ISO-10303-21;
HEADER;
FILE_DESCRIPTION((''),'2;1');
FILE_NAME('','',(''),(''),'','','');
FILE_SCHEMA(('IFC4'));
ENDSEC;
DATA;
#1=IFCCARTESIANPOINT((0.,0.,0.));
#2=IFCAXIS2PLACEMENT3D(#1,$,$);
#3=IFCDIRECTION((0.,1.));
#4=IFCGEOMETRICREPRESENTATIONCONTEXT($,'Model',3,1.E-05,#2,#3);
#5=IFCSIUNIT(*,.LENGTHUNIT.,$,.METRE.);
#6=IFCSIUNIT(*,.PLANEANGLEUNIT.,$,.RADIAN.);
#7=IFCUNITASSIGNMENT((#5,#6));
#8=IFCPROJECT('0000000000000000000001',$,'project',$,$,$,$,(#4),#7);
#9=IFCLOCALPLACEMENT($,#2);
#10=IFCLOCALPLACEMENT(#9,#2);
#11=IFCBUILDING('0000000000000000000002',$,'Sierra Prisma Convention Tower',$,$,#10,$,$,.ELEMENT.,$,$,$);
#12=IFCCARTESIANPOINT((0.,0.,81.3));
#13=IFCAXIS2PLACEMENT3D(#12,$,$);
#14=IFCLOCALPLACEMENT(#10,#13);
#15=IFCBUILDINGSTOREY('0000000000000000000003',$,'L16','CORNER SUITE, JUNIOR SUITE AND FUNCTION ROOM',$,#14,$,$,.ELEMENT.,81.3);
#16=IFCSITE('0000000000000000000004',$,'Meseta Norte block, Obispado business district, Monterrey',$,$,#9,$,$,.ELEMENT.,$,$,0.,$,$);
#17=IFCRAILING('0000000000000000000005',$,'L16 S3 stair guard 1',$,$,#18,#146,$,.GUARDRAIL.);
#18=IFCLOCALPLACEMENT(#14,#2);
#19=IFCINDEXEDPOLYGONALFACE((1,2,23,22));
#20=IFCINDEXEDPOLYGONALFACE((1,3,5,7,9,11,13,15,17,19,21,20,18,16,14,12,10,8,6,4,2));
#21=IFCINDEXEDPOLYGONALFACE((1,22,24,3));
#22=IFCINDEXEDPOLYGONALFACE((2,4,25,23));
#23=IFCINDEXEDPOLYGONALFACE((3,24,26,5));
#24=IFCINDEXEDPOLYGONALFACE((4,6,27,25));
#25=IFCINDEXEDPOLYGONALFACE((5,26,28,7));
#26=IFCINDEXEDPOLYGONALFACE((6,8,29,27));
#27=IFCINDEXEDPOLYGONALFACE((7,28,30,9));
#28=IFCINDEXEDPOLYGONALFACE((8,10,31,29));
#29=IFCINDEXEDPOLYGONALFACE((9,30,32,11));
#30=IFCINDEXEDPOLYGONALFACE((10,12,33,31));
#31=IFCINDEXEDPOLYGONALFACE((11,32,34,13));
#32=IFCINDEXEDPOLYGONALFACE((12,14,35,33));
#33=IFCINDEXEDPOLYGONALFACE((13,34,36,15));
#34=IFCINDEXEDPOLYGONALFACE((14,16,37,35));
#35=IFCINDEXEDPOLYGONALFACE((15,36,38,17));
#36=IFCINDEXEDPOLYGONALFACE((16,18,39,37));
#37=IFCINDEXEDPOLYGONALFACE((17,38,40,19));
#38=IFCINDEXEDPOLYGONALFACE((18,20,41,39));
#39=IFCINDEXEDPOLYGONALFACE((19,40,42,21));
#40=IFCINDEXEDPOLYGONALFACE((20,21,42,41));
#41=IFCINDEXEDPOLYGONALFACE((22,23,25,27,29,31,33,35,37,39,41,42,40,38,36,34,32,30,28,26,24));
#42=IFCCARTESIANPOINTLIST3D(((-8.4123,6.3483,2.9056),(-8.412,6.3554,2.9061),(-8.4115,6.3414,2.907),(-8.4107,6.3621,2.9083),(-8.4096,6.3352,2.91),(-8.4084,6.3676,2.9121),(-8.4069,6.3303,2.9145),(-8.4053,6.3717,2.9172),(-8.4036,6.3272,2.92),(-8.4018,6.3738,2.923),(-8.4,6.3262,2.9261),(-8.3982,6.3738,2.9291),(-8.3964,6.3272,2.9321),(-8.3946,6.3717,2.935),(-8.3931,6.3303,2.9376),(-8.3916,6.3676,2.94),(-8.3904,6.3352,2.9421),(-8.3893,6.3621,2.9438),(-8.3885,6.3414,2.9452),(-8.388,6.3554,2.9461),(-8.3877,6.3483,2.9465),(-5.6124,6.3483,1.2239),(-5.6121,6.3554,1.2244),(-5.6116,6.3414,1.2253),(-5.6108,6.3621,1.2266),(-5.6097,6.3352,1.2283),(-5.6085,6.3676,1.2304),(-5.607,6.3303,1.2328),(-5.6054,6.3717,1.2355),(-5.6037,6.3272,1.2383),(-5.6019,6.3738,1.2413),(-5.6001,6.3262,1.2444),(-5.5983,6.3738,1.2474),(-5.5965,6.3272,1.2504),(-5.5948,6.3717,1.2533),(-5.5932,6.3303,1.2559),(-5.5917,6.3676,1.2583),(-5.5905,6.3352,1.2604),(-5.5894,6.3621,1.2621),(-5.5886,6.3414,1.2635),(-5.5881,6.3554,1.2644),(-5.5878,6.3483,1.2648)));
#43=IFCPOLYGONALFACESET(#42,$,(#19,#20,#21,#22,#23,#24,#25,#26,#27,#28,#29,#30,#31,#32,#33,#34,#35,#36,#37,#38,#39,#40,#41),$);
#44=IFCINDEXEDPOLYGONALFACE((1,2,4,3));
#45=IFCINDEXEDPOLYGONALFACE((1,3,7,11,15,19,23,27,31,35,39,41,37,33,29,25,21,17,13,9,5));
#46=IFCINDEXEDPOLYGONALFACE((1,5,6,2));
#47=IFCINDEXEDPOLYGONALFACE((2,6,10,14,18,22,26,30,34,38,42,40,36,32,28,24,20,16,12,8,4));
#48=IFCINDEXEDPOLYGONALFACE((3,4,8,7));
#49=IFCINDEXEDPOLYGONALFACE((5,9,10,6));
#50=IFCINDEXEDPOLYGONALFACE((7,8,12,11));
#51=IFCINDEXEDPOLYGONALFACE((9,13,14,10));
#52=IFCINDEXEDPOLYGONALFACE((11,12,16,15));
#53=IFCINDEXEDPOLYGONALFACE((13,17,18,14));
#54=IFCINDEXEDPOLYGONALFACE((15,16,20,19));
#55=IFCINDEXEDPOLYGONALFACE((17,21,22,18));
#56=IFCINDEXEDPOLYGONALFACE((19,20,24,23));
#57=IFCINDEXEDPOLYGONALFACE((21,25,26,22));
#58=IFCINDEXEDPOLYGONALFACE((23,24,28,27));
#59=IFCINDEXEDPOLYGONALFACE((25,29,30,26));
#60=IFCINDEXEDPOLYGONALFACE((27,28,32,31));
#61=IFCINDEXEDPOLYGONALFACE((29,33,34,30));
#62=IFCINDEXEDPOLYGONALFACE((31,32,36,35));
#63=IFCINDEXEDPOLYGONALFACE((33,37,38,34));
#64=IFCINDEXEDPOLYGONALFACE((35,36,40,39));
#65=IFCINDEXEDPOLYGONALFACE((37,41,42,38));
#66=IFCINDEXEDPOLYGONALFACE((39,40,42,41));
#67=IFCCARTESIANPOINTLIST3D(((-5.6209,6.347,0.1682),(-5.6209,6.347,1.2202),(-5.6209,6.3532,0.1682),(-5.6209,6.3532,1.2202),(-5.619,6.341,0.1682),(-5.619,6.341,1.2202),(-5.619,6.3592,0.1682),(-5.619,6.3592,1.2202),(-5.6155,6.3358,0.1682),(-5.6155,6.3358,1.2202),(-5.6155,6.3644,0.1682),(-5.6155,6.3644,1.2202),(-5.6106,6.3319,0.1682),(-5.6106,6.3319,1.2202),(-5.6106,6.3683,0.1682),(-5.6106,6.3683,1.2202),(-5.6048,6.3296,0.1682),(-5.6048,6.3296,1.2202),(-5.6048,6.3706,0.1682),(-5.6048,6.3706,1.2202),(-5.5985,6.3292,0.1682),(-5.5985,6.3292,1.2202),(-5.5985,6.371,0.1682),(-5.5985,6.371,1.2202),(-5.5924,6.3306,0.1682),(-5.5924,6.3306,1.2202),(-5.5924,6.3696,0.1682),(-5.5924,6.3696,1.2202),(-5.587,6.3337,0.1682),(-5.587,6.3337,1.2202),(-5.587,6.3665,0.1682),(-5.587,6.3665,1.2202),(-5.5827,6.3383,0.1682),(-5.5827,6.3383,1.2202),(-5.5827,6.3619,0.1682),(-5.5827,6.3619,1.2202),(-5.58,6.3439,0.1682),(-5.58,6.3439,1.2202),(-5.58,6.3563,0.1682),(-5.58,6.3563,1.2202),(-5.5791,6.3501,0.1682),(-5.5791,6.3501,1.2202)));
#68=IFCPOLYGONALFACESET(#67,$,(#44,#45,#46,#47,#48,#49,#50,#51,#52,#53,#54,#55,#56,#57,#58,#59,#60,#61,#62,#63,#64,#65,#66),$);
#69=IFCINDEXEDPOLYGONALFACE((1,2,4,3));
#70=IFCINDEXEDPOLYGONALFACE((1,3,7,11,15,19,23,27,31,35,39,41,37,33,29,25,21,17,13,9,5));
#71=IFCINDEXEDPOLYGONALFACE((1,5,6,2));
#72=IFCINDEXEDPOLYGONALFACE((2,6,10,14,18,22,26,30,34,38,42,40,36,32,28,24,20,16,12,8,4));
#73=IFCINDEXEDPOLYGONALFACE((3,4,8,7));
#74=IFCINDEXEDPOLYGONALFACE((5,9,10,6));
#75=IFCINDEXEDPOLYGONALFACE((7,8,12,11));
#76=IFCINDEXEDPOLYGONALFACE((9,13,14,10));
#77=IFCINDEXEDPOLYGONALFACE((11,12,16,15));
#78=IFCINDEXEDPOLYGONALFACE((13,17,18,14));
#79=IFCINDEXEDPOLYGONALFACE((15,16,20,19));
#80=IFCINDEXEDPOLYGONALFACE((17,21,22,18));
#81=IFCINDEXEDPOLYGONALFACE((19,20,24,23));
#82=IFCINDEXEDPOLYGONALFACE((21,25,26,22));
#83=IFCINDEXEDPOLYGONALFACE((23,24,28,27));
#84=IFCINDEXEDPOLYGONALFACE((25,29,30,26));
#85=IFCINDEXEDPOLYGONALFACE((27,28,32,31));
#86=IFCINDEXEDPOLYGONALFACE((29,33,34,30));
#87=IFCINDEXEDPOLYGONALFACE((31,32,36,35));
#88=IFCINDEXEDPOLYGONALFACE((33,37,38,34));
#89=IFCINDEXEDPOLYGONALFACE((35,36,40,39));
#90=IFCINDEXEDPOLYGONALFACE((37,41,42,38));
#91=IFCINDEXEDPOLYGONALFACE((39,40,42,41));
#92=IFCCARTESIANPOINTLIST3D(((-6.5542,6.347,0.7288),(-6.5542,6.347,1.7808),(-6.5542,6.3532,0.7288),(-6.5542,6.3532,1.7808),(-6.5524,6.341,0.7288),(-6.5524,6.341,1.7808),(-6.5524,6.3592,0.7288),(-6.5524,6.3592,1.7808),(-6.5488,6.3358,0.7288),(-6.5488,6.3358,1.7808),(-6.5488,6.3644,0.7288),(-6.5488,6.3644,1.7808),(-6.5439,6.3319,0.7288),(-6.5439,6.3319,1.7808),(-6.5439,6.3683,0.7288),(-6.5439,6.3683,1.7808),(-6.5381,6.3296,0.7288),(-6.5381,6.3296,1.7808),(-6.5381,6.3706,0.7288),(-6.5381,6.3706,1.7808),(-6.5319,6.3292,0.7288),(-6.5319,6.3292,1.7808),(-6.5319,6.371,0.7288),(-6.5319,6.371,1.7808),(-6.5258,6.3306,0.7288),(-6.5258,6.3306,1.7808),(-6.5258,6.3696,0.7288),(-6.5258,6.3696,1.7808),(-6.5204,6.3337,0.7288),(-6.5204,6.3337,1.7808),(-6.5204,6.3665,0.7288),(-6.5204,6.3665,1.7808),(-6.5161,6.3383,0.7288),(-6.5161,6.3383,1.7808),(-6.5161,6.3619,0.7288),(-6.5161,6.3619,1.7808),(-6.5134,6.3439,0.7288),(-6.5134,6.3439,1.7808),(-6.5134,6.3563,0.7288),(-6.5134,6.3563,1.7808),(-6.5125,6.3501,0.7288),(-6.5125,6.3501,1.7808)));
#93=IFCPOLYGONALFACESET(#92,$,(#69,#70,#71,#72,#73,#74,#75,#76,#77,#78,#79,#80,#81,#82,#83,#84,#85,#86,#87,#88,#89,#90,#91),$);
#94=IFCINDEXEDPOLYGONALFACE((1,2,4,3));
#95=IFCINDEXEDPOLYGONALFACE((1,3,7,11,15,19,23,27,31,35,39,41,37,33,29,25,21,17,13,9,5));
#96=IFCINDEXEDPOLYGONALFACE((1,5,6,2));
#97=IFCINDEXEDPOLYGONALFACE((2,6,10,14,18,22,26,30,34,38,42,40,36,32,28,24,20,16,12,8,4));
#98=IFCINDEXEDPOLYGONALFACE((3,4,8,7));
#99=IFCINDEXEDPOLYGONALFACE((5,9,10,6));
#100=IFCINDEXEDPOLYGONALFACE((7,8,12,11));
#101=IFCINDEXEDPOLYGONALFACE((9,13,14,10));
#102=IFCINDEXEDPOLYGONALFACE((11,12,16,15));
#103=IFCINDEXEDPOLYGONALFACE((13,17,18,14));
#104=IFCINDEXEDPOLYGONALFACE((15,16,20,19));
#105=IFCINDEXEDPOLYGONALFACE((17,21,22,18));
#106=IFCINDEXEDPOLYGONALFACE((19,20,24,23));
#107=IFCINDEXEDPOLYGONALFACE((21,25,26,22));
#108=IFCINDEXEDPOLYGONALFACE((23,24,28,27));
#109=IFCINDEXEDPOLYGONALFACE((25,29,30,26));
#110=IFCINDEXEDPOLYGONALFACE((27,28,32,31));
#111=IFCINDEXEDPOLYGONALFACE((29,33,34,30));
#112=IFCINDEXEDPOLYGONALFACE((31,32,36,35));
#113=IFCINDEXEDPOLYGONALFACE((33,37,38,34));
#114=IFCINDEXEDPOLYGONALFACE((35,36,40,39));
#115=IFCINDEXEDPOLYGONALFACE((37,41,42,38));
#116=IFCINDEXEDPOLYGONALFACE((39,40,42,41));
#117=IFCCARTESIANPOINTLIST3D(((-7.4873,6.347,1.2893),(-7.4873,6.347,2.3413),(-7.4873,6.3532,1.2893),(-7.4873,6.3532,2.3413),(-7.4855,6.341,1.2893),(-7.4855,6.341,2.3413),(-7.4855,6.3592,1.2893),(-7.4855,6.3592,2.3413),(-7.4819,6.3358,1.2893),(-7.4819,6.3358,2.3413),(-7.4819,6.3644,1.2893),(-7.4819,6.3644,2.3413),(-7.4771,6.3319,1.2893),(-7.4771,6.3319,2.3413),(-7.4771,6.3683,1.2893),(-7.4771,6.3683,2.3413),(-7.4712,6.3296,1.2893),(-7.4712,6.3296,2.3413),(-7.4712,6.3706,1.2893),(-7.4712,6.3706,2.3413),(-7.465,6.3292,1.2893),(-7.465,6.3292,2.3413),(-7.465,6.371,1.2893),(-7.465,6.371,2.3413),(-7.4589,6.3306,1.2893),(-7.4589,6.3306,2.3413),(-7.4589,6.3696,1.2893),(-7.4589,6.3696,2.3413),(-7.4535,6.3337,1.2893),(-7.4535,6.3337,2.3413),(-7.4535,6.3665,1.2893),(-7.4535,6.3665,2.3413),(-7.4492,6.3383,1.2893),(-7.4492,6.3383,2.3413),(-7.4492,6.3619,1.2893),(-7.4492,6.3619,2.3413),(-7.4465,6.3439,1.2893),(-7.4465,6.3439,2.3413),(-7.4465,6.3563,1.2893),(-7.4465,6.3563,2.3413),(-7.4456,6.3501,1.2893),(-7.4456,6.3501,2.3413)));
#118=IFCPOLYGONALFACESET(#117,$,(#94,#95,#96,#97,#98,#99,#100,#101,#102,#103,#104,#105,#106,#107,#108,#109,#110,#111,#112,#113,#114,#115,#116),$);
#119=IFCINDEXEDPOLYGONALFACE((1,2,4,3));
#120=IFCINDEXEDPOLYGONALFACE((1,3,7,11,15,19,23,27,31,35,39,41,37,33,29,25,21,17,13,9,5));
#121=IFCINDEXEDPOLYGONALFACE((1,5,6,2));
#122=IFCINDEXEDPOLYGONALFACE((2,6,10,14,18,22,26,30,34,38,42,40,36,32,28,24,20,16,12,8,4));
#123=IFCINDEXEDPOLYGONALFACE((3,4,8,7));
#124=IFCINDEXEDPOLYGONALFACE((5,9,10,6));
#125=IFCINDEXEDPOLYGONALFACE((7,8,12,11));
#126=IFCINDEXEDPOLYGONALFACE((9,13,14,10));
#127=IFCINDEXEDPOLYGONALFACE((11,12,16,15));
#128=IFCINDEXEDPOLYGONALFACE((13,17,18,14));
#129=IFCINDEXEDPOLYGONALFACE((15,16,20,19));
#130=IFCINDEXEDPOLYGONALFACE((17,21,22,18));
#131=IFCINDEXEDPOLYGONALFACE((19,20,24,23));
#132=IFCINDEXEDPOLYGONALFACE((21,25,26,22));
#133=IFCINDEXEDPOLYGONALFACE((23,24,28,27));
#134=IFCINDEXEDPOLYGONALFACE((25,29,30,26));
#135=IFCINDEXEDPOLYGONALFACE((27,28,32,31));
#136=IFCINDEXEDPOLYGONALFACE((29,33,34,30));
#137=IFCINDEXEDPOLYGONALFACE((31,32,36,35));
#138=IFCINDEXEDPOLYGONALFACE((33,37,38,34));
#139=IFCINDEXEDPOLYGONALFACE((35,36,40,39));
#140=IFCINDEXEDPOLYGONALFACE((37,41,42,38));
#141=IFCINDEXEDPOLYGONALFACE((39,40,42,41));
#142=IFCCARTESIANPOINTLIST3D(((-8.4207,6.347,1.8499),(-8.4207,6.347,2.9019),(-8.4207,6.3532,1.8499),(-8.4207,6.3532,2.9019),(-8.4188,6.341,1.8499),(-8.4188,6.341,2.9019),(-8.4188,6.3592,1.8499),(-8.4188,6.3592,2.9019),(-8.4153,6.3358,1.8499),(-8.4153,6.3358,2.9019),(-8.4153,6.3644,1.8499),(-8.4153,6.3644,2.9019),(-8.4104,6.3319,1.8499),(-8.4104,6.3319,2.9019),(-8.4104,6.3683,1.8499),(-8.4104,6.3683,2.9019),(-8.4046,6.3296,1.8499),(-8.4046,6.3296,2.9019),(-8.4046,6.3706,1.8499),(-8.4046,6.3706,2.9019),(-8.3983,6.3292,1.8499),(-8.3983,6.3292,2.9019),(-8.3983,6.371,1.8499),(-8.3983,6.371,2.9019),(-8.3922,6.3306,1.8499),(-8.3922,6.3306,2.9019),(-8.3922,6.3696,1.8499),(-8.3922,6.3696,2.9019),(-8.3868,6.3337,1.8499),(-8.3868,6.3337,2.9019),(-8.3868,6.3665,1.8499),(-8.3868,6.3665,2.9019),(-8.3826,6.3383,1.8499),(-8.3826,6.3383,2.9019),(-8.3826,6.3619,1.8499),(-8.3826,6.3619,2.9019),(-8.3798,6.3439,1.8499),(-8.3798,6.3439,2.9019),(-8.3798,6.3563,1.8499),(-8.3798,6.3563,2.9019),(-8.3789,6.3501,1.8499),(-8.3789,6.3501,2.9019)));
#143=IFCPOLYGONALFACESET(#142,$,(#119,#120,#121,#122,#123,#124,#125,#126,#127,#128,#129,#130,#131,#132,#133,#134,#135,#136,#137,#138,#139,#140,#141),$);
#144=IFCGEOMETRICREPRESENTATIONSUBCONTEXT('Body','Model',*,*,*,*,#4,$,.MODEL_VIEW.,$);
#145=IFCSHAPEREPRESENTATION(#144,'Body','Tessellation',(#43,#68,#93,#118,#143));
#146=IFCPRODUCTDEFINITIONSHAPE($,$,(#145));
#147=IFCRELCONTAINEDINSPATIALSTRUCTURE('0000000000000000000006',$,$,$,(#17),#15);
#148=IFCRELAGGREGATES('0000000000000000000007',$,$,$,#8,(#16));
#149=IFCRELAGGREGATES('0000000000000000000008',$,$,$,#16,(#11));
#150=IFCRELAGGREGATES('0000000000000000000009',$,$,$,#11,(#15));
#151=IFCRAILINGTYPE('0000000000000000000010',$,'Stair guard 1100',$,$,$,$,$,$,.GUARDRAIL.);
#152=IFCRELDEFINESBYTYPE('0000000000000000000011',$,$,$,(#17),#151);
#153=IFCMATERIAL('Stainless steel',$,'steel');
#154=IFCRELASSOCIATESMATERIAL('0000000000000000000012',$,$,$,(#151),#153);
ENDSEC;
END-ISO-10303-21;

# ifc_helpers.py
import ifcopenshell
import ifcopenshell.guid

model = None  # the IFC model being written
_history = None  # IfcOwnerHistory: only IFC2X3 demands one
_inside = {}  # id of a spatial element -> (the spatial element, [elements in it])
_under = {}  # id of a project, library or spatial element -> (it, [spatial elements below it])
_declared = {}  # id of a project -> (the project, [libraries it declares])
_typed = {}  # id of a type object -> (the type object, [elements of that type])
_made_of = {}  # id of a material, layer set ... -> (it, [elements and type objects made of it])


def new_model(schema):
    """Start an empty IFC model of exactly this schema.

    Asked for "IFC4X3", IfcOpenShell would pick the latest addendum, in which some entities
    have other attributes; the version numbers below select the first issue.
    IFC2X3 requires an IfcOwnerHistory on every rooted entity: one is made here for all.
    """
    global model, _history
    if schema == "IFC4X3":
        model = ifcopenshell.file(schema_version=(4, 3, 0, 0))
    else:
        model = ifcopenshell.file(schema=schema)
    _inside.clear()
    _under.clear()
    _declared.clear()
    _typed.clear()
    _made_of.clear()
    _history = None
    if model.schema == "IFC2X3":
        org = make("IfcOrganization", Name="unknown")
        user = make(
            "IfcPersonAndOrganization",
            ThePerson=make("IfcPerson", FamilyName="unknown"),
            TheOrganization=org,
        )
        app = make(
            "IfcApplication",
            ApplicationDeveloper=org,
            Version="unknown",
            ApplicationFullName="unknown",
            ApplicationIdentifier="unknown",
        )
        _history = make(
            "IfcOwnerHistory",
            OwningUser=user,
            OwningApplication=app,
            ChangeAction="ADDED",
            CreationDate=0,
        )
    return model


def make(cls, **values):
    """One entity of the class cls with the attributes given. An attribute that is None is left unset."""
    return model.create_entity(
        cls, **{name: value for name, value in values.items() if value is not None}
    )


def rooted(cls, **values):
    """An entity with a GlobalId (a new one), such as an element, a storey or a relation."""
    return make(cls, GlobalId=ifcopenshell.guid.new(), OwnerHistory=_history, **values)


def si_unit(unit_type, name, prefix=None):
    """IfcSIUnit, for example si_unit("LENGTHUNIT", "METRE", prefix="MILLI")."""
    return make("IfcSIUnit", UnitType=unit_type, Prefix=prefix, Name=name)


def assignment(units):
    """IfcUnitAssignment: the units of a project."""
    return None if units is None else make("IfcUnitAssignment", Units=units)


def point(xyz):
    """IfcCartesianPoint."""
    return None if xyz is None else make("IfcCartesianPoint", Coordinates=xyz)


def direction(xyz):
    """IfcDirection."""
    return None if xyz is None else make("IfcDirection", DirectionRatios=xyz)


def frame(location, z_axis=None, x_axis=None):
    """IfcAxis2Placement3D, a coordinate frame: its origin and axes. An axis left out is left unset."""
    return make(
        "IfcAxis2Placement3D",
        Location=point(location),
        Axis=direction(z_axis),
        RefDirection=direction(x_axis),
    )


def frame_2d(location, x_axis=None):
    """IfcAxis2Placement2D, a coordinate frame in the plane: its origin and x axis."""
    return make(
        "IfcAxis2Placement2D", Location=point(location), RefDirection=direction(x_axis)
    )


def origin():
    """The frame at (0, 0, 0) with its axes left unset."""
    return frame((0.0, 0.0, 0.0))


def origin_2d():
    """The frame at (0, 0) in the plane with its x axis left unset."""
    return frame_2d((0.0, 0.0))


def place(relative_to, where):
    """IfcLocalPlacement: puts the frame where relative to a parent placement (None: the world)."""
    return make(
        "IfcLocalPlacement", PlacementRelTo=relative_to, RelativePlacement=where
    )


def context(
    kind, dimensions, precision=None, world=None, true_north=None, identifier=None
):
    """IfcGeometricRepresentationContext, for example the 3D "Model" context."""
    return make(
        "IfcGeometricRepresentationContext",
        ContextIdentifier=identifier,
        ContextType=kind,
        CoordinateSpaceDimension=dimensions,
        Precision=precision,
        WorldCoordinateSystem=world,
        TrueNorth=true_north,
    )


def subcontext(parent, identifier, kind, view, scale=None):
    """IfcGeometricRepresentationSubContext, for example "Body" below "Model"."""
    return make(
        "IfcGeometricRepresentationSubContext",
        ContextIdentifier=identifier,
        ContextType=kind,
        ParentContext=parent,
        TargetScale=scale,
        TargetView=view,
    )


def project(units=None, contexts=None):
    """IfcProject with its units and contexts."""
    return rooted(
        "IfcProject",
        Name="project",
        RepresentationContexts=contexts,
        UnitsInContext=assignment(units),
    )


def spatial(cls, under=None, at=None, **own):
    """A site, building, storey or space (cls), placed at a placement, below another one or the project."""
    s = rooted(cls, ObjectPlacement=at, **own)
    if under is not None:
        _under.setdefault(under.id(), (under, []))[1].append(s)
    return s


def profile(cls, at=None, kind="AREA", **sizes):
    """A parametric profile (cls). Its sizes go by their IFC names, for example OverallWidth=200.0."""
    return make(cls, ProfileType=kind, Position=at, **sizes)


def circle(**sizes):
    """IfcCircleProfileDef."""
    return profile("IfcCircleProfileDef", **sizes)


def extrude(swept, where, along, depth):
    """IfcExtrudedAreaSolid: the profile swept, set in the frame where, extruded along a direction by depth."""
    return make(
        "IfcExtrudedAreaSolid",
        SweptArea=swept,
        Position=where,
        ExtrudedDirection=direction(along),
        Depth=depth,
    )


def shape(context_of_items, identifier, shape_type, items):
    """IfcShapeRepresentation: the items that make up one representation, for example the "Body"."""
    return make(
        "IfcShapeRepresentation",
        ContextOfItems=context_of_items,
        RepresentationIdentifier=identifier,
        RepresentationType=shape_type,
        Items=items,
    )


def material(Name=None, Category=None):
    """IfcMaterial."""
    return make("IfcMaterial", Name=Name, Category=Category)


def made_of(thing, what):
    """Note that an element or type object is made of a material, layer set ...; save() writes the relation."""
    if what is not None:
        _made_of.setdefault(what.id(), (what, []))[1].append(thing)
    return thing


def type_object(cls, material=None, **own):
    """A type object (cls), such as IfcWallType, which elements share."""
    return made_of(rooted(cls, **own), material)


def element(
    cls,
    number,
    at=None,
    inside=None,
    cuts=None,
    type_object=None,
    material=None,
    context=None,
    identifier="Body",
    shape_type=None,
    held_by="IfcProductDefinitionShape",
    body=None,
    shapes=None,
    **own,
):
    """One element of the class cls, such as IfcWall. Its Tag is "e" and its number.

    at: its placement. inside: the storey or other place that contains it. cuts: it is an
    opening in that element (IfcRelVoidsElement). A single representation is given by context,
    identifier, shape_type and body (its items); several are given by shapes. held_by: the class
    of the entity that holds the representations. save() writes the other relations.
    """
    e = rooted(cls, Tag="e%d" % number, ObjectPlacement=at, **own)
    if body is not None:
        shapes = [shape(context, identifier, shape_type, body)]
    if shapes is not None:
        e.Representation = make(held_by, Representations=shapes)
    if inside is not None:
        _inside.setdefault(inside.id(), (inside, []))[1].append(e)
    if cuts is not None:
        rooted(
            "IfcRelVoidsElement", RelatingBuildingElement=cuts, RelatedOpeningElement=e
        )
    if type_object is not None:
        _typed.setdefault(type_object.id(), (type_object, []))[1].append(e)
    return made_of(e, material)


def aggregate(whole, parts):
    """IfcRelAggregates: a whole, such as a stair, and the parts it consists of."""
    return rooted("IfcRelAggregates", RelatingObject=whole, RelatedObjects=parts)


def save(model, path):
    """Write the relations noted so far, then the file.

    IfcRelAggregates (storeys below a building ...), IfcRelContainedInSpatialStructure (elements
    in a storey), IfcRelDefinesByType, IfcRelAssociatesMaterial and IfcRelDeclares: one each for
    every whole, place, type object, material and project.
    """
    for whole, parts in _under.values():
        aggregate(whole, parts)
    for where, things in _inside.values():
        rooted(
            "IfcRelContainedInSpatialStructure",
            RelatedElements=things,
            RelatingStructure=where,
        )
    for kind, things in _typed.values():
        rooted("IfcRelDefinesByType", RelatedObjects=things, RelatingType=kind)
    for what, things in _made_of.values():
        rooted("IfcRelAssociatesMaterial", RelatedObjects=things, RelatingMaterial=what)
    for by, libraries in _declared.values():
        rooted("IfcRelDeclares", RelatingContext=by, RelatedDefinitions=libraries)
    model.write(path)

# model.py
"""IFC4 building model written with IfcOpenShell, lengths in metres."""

from ifc_helpers import new_model, si_unit, direction, frame, origin, origin_2d, place, context, subcontext, project, spatial, circle, extrude, material, type_object, element, save


model = new_model("IFC4")

# Units and contexts
model_context = context("Model", 3, precision=1e-05, world=origin(), true_north=direction((0.0, 1.0)))
body_context = subcontext(model_context, "Body", "Model", "MODEL_VIEW")
ifc_project = project(units=[si_unit("LENGTHUNIT", "METRE"), si_unit("PLANEANGLEUNIT", "RADIAN")], contexts=[model_context])

# Site, building, storey
site_placement = place(None, origin())
site = spatial("IfcSite", under=ifc_project, at=site_placement, Name="Meseta Norte block, Obispado business district, Monterrey", CompositionType="ELEMENT", RefElevation=0.0)
building_placement = place(site_placement, origin())
building = spatial("IfcBuilding", under=site, at=building_placement, Name="Sierra Prisma Convention Tower", CompositionType="ELEMENT")
storey_placement = place(building_placement, frame((0.0, 0.0, 81.3)))
storey = spatial("IfcBuildingStorey", under=building, at=storey_placement, Name="L16", Description="CORNER SUITE, JUNIOR SUITE AND FUNCTION ROOM", CompositionType="ELEMENT", Elevation=81.3)

# Railing
ifc_material_1 = material(Name="Stainless steel", Category="steel")
railing_type_1 = type_object("IfcRailingType", Name="Stair guard 1100", PredefinedType="GUARDRAIL", material=ifc_material_1)
railing_1_placement = place(storey_placement, frame((-5.6001, 6.3501, 0.1682)))
element("IfcRailing", 1, at=railing_1_placement, inside=storey, type_object=railing_type_1, Name="L16 S3 stair guard 1", PredefinedType="GUARDRAIL", context=body_context, shape_type="SweptSolid", body=[
    extrude(circle(Radius=0.0239, at=origin_2d()), frame((0.0, 0.0, 1.0762), z_axis=(-0.857255, 0.0, 0.514891), x_axis=(0.0, -1.0, 0.0)), (0.0, 0.0, 1.0), 3.2661),
    extrude(circle(Radius=0.021, at=origin_2d()), origin(), (0.0, 0.0, 1.0), 1.052),
    extrude(circle(Radius=0.021, at=origin_2d()), frame((-0.9333, 0.0, 0.5605)), (0.0, 0.0, 1.0), 1.052),
    extrude(circle(Radius=0.021, at=origin_2d()), frame((-1.8665, 0.0, 1.1211)), (0.0, 0.0, 1.0), 1.052),
    extrude(circle(Radius=0.021, at=origin_2d()), frame((-2.7998, 0.0, 1.6816)), (0.0, 0.0, 1.0), 1.052),
])

save(model, "model.ifc")
